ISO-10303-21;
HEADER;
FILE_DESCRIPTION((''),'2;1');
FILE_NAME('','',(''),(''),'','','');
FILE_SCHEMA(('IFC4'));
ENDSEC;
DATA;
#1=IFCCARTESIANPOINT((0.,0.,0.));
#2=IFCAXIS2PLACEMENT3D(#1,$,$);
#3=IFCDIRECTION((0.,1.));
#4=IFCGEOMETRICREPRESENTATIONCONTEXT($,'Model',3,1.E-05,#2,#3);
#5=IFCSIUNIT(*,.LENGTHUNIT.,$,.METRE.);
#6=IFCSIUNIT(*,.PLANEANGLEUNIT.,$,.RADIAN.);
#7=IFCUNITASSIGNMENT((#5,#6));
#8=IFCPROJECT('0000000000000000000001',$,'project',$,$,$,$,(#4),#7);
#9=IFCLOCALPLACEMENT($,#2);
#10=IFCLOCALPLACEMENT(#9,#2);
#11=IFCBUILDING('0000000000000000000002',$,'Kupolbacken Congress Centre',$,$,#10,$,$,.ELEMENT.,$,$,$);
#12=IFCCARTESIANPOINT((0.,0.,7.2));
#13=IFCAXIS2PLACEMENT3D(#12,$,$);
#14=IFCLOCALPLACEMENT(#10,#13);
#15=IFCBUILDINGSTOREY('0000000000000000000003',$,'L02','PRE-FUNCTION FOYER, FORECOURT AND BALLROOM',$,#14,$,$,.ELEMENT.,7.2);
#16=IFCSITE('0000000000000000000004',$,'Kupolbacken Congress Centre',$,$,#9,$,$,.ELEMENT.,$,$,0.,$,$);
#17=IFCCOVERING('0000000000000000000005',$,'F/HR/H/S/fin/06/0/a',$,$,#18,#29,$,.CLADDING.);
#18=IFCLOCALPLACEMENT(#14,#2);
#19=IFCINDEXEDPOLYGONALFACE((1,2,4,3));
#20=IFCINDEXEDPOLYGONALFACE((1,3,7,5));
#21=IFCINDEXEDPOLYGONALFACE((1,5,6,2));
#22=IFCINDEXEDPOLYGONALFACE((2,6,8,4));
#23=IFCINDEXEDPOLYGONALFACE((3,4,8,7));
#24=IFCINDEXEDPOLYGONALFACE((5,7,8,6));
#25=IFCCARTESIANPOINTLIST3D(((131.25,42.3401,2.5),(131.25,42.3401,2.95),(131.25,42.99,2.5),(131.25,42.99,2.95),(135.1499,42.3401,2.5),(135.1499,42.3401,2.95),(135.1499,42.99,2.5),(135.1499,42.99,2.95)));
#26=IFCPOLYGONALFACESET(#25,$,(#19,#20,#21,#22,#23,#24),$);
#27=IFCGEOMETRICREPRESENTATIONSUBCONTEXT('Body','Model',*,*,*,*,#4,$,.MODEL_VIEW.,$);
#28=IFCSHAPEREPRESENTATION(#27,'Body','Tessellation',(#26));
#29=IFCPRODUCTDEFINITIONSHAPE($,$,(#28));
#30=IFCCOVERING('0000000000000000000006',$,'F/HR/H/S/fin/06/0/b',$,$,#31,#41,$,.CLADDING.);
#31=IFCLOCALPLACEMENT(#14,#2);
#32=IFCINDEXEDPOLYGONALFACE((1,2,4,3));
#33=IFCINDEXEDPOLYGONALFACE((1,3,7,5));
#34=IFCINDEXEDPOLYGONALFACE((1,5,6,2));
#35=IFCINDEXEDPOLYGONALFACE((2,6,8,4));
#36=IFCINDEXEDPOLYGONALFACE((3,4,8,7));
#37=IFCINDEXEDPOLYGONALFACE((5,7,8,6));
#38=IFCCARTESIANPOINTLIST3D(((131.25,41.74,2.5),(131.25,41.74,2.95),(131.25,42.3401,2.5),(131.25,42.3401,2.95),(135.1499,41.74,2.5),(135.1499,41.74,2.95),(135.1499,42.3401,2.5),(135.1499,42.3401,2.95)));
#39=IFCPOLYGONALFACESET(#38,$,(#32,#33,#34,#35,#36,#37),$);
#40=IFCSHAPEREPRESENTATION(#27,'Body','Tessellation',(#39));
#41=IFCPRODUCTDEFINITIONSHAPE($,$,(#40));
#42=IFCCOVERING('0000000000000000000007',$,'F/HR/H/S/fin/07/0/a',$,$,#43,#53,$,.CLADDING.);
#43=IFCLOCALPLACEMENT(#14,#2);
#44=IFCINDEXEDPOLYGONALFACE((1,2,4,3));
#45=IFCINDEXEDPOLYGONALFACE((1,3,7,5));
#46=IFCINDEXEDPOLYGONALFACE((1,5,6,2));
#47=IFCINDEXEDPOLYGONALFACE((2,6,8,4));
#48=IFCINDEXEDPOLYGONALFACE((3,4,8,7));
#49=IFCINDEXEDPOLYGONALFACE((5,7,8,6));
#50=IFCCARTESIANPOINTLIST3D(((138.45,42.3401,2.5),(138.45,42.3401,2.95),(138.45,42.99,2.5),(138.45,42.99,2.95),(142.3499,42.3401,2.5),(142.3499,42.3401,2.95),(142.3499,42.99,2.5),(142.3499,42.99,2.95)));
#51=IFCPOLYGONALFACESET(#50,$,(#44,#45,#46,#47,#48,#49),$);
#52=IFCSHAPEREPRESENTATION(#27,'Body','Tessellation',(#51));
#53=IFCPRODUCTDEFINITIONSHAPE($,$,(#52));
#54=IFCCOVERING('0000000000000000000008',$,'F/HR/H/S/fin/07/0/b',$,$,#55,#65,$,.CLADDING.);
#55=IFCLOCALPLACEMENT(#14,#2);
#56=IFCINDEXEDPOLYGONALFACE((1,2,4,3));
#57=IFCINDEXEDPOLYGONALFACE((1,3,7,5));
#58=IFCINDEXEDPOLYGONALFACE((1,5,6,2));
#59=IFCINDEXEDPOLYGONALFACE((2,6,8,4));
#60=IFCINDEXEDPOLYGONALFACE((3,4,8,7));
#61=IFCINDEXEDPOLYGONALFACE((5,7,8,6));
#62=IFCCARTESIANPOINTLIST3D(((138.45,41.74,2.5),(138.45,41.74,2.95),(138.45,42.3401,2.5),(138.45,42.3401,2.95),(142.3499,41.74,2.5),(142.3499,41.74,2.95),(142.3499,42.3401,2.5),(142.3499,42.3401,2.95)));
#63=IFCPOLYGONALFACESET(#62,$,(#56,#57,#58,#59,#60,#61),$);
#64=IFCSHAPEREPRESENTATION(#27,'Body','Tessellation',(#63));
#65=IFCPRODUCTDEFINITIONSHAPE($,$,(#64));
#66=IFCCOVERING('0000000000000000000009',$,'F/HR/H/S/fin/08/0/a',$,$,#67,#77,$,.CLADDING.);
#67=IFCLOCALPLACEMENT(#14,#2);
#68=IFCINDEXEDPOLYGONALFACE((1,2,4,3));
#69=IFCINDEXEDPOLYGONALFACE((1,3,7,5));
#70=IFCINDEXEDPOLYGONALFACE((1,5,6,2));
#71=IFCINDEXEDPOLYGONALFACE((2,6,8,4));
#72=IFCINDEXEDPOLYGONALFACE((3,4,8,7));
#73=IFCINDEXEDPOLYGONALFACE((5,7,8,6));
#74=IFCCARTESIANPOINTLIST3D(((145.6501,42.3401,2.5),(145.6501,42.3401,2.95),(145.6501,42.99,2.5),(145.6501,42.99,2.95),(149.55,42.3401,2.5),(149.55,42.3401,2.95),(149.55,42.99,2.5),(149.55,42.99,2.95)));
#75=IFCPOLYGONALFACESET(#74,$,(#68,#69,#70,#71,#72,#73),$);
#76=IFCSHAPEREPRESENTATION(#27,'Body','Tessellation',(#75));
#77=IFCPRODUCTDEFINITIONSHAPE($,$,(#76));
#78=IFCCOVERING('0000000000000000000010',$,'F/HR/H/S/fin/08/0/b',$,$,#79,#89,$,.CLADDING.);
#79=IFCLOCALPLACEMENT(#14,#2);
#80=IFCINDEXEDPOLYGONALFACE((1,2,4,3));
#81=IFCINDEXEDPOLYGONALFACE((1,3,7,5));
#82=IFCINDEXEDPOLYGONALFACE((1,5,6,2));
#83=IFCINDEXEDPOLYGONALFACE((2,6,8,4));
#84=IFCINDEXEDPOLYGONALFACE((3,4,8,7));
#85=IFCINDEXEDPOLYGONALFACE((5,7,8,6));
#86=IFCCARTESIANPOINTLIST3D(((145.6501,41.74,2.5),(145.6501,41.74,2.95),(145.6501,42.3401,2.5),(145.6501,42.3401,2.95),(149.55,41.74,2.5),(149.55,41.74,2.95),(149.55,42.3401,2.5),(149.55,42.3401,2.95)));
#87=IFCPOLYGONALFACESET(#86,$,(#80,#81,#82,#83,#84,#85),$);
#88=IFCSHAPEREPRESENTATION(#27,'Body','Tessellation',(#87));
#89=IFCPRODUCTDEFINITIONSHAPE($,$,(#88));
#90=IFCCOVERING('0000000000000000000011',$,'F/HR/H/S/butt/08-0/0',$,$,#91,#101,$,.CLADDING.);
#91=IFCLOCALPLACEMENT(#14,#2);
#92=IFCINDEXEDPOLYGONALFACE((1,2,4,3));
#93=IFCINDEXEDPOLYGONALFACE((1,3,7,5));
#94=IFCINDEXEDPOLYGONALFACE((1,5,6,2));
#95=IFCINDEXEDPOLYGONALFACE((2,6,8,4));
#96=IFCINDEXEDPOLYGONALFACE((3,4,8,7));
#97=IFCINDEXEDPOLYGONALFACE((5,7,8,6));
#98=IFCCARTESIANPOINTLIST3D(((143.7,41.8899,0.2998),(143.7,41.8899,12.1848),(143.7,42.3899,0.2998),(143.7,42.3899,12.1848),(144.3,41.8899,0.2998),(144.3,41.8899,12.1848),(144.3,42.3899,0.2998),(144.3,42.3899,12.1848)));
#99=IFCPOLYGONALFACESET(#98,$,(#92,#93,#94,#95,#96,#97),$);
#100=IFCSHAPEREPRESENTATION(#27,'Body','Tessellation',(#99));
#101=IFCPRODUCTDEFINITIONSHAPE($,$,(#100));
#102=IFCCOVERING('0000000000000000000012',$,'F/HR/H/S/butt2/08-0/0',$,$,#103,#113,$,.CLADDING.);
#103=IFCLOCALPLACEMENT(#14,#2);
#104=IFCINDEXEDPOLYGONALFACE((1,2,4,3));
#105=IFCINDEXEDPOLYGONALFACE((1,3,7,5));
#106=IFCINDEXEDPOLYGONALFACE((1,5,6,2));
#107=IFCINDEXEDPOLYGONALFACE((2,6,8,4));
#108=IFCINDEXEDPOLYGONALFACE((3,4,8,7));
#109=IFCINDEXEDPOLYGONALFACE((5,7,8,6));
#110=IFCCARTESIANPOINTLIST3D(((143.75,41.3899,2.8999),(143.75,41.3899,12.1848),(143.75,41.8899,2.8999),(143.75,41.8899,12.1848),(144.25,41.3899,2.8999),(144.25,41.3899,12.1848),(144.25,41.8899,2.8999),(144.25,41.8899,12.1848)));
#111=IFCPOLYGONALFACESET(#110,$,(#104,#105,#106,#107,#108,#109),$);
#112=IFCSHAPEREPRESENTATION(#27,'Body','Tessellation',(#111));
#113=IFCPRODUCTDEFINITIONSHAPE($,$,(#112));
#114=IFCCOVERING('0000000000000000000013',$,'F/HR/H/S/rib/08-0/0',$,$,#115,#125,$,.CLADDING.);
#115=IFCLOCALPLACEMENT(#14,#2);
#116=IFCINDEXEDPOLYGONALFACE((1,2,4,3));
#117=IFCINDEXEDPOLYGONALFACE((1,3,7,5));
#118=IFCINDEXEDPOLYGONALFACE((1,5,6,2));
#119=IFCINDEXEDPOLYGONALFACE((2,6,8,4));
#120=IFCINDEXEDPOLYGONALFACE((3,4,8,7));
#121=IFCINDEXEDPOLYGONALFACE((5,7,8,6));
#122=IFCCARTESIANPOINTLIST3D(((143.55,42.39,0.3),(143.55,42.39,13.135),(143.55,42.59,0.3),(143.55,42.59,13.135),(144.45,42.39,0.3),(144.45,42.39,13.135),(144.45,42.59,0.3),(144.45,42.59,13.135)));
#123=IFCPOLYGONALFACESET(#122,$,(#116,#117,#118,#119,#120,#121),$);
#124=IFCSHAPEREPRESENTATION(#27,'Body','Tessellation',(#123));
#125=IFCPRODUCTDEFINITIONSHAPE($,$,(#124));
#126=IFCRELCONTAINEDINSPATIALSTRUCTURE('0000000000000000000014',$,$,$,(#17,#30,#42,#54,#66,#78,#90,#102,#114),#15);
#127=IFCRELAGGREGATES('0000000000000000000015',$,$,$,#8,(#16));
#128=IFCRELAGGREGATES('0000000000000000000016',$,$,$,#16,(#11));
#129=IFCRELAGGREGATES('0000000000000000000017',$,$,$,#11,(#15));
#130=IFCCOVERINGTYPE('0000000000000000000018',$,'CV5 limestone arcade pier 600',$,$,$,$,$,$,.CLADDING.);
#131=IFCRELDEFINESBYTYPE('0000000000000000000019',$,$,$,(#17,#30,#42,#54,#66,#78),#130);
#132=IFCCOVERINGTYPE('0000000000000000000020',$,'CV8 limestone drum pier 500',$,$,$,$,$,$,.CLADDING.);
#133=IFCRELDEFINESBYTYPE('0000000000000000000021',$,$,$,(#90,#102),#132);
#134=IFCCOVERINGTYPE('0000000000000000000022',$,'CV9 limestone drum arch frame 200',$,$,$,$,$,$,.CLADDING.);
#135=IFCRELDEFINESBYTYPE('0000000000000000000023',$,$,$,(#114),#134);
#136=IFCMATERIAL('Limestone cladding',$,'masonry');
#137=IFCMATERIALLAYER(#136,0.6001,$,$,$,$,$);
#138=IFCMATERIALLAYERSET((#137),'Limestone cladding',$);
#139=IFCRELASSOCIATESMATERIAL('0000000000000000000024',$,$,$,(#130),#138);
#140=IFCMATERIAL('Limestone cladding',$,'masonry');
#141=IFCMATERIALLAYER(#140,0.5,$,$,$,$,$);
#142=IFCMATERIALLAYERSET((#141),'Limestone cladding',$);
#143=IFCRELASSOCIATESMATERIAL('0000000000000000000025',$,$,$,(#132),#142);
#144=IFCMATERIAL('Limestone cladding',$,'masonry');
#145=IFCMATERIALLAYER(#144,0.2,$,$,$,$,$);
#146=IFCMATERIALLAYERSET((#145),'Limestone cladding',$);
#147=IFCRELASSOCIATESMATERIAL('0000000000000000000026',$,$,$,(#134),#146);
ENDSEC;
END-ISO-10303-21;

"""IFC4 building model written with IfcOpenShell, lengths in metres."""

from ifc_helpers import new_model, si_unit, direction, frame, origin, origin_2d, place, context, subcontext, project, spatial, rectangle, extrude, material, layer, layer_set, type_object, element, save


model = new_model("IFC4")

# Units and contexts
model_context = context("Model", 3, precision=1e-05, world=origin(), true_north=direction((0.0, 1.0)))
body_context = subcontext(model_context, "Body", "Model", "MODEL_VIEW")
ifc_project = project(units=[si_unit("LENGTHUNIT", "METRE"), si_unit("PLANEANGLEUNIT", "RADIAN")], contexts=[model_context])

# Site, building, storey
site_placement = place(None, origin())
site = spatial("IfcSite", under=ifc_project, at=site_placement, Name="Kupolbacken Congress Centre", CompositionType="ELEMENT", RefElevation=0.0)
building_placement = place(site_placement, origin())
building = spatial("IfcBuilding", under=site, at=building_placement, Name="Kupolbacken Congress Centre", CompositionType="ELEMENT")
storey_placement = place(building_placement, frame((0.0, 0.0, 7.2)))
storey = spatial("IfcBuildingStorey", under=building, at=storey_placement, Name="L02", Description="PRE-FUNCTION FOYER, FORECOURT AND BALLROOM", CompositionType="ELEMENT", Elevation=7.2)

# Coverings
ifc_material_1 = material(Name="Limestone cladding", Category="masonry")
ifc_layer_1 = layer(ifc_material_1, 0.6001)
ifc_layer_set_1 = layer_set([ifc_layer_1], Name="Limestone cladding")
covering_type_1 = type_object("IfcCoveringType", Name="CV5 limestone arcade pier 600", PredefinedType="CLADDING", material=ifc_layer_set_1)
covering_1_placement = place(storey_placement, frame((133.2, 42.665, 2.5), z_axis=(0.0, 0.0, 1.0), x_axis=(1.0, 0.0, 0.0)))
element("IfcCovering", 1, at=covering_1_placement, inside=storey, type_object=covering_type_1, Name="F/HR/H/S/fin/06/0/a", PredefinedType="CLADDING", context=body_context, shape_type="SweptSolid", body=[
    extrude(rectangle(XDim=3.8999, YDim=0.6499, at=origin_2d()), origin(), (0.0, 0.0, 1.0), 0.45),
])
covering_2_placement = place(storey_placement, frame((133.2, 42.04, 2.5), z_axis=(0.0, 0.0, 1.0), x_axis=(1.0, 0.0, 0.0)))
element("IfcCovering", 2, at=covering_2_placement, inside=storey, type_object=covering_type_1, Name="F/HR/H/S/fin/06/0/b", PredefinedType="CLADDING", context=body_context, shape_type="SweptSolid", body=[
    extrude(rectangle(XDim=3.8999, YDim=0.6001, at=origin_2d()), origin(), (0.0, 0.0, 1.0), 0.45),
])
covering_3_placement = place(storey_placement, frame((140.3999, 42.665, 2.5), z_axis=(0.0, 0.0, 1.0), x_axis=(1.0, 0.0, 0.0)))
element("IfcCovering", 3, at=covering_3_placement, inside=storey, type_object=covering_type_1, Name="F/HR/H/S/fin/07/0/a", PredefinedType="CLADDING", context=body_context, shape_type="SweptSolid", body=[
    extrude(rectangle(XDim=3.8999, YDim=0.6499, at=origin_2d()), origin(), (0.0, 0.0, 1.0), 0.45),
])
covering_4_placement = place(storey_placement, frame((140.3999, 42.04, 2.5), z_axis=(0.0, 0.0, 1.0), x_axis=(1.0, 0.0, 0.0)))
element("IfcCovering", 4, at=covering_4_placement, inside=storey, type_object=covering_type_1, Name="F/HR/H/S/fin/07/0/b", PredefinedType="CLADDING", context=body_context, shape_type="SweptSolid", body=[
    extrude(rectangle(XDim=3.8999, YDim=0.6001, at=origin_2d()), origin(), (0.0, 0.0, 1.0), 0.45),
])
covering_5_placement = place(storey_placement, frame((147.6001, 42.665, 2.5), z_axis=(0.0, 0.0, 1.0), x_axis=(1.0, 0.0, 0.0)))
element("IfcCovering", 5, at=covering_5_placement, inside=storey, type_object=covering_type_1, Name="F/HR/H/S/fin/08/0/a", PredefinedType="CLADDING", context=body_context, shape_type="SweptSolid", body=[
    extrude(rectangle(XDim=3.8999, YDim=0.6499, at=origin_2d()), origin(), (0.0, 0.0, 1.0), 0.45),
])
covering_6_placement = place(storey_placement, frame((147.6001, 42.04, 2.5), z_axis=(0.0, 0.0, 1.0), x_axis=(1.0, 0.0, 0.0)))
element("IfcCovering", 6, at=covering_6_placement, inside=storey, type_object=covering_type_1, Name="F/HR/H/S/fin/08/0/b", PredefinedType="CLADDING", context=body_context, shape_type="SweptSolid", body=[
    extrude(rectangle(XDim=3.8999, YDim=0.6001, at=origin_2d()), origin(), (0.0, 0.0, 1.0), 0.45),
])
ifc_material_2 = material(Name="Limestone cladding", Category="masonry")
ifc_layer_2 = layer(ifc_material_2, 0.5)
ifc_layer_set_2 = layer_set([ifc_layer_2], Name="Limestone cladding")
covering_type_2 = type_object("IfcCoveringType", Name="CV8 limestone drum pier 500", PredefinedType="CLADDING", material=ifc_layer_set_2)
covering_7_placement = place(storey_placement, frame((144.0, 42.1399, 0.2998), z_axis=(0.0, 0.0, 1.0), x_axis=(1.0, 0.0, 0.0)))
element("IfcCovering", 7, at=covering_7_placement, inside=storey, type_object=covering_type_2, Name="F/HR/H/S/butt/08-0/0", PredefinedType="CLADDING", context=body_context, shape_type="SweptSolid", body=[
    extrude(rectangle(XDim=0.6001, YDim=0.5, at=origin_2d()), origin(), (0.0, 0.0, 1.0), 11.885),
])
covering_8_placement = place(storey_placement, frame((144.0, 41.6399, 2.8999), z_axis=(0.0, 0.0, 1.0), x_axis=(1.0, 0.0, 0.0)))
element("IfcCovering", 8, at=covering_8_placement, inside=storey, type_object=covering_type_2, Name="F/HR/H/S/butt2/08-0/0", PredefinedType="CLADDING", context=body_context, shape_type="SweptSolid", body=[
    extrude(rectangle(XDim=0.5, YDim=0.5, at=origin_2d()), origin(), (0.0, 0.0, 1.0), 9.2849),
])
ifc_material_3 = material(Name="Limestone cladding", Category="masonry")
ifc_layer_3 = layer(ifc_material_3, 0.2)
ifc_layer_set_3 = layer_set([ifc_layer_3], Name="Limestone cladding")
covering_type_3 = type_object("IfcCoveringType", Name="CV9 limestone drum arch frame 200", PredefinedType="CLADDING", material=ifc_layer_set_3)
covering_9_placement = place(storey_placement, frame((144.0, 42.49, 0.3), z_axis=(0.0, 0.0, 1.0), x_axis=(1.0, 0.0, 0.0)))
element("IfcCovering", 9, at=covering_9_placement, inside=storey, type_object=covering_type_3, Name="F/HR/H/S/rib/08-0/0", PredefinedType="CLADDING", context=body_context, shape_type="SweptSolid", body=[
    extrude(rectangle(XDim=0.8999, YDim=0.2, at=origin_2d()), origin(), (0.0, 0.0, 1.0), 12.835),
])

save(model, "model.ifc")
